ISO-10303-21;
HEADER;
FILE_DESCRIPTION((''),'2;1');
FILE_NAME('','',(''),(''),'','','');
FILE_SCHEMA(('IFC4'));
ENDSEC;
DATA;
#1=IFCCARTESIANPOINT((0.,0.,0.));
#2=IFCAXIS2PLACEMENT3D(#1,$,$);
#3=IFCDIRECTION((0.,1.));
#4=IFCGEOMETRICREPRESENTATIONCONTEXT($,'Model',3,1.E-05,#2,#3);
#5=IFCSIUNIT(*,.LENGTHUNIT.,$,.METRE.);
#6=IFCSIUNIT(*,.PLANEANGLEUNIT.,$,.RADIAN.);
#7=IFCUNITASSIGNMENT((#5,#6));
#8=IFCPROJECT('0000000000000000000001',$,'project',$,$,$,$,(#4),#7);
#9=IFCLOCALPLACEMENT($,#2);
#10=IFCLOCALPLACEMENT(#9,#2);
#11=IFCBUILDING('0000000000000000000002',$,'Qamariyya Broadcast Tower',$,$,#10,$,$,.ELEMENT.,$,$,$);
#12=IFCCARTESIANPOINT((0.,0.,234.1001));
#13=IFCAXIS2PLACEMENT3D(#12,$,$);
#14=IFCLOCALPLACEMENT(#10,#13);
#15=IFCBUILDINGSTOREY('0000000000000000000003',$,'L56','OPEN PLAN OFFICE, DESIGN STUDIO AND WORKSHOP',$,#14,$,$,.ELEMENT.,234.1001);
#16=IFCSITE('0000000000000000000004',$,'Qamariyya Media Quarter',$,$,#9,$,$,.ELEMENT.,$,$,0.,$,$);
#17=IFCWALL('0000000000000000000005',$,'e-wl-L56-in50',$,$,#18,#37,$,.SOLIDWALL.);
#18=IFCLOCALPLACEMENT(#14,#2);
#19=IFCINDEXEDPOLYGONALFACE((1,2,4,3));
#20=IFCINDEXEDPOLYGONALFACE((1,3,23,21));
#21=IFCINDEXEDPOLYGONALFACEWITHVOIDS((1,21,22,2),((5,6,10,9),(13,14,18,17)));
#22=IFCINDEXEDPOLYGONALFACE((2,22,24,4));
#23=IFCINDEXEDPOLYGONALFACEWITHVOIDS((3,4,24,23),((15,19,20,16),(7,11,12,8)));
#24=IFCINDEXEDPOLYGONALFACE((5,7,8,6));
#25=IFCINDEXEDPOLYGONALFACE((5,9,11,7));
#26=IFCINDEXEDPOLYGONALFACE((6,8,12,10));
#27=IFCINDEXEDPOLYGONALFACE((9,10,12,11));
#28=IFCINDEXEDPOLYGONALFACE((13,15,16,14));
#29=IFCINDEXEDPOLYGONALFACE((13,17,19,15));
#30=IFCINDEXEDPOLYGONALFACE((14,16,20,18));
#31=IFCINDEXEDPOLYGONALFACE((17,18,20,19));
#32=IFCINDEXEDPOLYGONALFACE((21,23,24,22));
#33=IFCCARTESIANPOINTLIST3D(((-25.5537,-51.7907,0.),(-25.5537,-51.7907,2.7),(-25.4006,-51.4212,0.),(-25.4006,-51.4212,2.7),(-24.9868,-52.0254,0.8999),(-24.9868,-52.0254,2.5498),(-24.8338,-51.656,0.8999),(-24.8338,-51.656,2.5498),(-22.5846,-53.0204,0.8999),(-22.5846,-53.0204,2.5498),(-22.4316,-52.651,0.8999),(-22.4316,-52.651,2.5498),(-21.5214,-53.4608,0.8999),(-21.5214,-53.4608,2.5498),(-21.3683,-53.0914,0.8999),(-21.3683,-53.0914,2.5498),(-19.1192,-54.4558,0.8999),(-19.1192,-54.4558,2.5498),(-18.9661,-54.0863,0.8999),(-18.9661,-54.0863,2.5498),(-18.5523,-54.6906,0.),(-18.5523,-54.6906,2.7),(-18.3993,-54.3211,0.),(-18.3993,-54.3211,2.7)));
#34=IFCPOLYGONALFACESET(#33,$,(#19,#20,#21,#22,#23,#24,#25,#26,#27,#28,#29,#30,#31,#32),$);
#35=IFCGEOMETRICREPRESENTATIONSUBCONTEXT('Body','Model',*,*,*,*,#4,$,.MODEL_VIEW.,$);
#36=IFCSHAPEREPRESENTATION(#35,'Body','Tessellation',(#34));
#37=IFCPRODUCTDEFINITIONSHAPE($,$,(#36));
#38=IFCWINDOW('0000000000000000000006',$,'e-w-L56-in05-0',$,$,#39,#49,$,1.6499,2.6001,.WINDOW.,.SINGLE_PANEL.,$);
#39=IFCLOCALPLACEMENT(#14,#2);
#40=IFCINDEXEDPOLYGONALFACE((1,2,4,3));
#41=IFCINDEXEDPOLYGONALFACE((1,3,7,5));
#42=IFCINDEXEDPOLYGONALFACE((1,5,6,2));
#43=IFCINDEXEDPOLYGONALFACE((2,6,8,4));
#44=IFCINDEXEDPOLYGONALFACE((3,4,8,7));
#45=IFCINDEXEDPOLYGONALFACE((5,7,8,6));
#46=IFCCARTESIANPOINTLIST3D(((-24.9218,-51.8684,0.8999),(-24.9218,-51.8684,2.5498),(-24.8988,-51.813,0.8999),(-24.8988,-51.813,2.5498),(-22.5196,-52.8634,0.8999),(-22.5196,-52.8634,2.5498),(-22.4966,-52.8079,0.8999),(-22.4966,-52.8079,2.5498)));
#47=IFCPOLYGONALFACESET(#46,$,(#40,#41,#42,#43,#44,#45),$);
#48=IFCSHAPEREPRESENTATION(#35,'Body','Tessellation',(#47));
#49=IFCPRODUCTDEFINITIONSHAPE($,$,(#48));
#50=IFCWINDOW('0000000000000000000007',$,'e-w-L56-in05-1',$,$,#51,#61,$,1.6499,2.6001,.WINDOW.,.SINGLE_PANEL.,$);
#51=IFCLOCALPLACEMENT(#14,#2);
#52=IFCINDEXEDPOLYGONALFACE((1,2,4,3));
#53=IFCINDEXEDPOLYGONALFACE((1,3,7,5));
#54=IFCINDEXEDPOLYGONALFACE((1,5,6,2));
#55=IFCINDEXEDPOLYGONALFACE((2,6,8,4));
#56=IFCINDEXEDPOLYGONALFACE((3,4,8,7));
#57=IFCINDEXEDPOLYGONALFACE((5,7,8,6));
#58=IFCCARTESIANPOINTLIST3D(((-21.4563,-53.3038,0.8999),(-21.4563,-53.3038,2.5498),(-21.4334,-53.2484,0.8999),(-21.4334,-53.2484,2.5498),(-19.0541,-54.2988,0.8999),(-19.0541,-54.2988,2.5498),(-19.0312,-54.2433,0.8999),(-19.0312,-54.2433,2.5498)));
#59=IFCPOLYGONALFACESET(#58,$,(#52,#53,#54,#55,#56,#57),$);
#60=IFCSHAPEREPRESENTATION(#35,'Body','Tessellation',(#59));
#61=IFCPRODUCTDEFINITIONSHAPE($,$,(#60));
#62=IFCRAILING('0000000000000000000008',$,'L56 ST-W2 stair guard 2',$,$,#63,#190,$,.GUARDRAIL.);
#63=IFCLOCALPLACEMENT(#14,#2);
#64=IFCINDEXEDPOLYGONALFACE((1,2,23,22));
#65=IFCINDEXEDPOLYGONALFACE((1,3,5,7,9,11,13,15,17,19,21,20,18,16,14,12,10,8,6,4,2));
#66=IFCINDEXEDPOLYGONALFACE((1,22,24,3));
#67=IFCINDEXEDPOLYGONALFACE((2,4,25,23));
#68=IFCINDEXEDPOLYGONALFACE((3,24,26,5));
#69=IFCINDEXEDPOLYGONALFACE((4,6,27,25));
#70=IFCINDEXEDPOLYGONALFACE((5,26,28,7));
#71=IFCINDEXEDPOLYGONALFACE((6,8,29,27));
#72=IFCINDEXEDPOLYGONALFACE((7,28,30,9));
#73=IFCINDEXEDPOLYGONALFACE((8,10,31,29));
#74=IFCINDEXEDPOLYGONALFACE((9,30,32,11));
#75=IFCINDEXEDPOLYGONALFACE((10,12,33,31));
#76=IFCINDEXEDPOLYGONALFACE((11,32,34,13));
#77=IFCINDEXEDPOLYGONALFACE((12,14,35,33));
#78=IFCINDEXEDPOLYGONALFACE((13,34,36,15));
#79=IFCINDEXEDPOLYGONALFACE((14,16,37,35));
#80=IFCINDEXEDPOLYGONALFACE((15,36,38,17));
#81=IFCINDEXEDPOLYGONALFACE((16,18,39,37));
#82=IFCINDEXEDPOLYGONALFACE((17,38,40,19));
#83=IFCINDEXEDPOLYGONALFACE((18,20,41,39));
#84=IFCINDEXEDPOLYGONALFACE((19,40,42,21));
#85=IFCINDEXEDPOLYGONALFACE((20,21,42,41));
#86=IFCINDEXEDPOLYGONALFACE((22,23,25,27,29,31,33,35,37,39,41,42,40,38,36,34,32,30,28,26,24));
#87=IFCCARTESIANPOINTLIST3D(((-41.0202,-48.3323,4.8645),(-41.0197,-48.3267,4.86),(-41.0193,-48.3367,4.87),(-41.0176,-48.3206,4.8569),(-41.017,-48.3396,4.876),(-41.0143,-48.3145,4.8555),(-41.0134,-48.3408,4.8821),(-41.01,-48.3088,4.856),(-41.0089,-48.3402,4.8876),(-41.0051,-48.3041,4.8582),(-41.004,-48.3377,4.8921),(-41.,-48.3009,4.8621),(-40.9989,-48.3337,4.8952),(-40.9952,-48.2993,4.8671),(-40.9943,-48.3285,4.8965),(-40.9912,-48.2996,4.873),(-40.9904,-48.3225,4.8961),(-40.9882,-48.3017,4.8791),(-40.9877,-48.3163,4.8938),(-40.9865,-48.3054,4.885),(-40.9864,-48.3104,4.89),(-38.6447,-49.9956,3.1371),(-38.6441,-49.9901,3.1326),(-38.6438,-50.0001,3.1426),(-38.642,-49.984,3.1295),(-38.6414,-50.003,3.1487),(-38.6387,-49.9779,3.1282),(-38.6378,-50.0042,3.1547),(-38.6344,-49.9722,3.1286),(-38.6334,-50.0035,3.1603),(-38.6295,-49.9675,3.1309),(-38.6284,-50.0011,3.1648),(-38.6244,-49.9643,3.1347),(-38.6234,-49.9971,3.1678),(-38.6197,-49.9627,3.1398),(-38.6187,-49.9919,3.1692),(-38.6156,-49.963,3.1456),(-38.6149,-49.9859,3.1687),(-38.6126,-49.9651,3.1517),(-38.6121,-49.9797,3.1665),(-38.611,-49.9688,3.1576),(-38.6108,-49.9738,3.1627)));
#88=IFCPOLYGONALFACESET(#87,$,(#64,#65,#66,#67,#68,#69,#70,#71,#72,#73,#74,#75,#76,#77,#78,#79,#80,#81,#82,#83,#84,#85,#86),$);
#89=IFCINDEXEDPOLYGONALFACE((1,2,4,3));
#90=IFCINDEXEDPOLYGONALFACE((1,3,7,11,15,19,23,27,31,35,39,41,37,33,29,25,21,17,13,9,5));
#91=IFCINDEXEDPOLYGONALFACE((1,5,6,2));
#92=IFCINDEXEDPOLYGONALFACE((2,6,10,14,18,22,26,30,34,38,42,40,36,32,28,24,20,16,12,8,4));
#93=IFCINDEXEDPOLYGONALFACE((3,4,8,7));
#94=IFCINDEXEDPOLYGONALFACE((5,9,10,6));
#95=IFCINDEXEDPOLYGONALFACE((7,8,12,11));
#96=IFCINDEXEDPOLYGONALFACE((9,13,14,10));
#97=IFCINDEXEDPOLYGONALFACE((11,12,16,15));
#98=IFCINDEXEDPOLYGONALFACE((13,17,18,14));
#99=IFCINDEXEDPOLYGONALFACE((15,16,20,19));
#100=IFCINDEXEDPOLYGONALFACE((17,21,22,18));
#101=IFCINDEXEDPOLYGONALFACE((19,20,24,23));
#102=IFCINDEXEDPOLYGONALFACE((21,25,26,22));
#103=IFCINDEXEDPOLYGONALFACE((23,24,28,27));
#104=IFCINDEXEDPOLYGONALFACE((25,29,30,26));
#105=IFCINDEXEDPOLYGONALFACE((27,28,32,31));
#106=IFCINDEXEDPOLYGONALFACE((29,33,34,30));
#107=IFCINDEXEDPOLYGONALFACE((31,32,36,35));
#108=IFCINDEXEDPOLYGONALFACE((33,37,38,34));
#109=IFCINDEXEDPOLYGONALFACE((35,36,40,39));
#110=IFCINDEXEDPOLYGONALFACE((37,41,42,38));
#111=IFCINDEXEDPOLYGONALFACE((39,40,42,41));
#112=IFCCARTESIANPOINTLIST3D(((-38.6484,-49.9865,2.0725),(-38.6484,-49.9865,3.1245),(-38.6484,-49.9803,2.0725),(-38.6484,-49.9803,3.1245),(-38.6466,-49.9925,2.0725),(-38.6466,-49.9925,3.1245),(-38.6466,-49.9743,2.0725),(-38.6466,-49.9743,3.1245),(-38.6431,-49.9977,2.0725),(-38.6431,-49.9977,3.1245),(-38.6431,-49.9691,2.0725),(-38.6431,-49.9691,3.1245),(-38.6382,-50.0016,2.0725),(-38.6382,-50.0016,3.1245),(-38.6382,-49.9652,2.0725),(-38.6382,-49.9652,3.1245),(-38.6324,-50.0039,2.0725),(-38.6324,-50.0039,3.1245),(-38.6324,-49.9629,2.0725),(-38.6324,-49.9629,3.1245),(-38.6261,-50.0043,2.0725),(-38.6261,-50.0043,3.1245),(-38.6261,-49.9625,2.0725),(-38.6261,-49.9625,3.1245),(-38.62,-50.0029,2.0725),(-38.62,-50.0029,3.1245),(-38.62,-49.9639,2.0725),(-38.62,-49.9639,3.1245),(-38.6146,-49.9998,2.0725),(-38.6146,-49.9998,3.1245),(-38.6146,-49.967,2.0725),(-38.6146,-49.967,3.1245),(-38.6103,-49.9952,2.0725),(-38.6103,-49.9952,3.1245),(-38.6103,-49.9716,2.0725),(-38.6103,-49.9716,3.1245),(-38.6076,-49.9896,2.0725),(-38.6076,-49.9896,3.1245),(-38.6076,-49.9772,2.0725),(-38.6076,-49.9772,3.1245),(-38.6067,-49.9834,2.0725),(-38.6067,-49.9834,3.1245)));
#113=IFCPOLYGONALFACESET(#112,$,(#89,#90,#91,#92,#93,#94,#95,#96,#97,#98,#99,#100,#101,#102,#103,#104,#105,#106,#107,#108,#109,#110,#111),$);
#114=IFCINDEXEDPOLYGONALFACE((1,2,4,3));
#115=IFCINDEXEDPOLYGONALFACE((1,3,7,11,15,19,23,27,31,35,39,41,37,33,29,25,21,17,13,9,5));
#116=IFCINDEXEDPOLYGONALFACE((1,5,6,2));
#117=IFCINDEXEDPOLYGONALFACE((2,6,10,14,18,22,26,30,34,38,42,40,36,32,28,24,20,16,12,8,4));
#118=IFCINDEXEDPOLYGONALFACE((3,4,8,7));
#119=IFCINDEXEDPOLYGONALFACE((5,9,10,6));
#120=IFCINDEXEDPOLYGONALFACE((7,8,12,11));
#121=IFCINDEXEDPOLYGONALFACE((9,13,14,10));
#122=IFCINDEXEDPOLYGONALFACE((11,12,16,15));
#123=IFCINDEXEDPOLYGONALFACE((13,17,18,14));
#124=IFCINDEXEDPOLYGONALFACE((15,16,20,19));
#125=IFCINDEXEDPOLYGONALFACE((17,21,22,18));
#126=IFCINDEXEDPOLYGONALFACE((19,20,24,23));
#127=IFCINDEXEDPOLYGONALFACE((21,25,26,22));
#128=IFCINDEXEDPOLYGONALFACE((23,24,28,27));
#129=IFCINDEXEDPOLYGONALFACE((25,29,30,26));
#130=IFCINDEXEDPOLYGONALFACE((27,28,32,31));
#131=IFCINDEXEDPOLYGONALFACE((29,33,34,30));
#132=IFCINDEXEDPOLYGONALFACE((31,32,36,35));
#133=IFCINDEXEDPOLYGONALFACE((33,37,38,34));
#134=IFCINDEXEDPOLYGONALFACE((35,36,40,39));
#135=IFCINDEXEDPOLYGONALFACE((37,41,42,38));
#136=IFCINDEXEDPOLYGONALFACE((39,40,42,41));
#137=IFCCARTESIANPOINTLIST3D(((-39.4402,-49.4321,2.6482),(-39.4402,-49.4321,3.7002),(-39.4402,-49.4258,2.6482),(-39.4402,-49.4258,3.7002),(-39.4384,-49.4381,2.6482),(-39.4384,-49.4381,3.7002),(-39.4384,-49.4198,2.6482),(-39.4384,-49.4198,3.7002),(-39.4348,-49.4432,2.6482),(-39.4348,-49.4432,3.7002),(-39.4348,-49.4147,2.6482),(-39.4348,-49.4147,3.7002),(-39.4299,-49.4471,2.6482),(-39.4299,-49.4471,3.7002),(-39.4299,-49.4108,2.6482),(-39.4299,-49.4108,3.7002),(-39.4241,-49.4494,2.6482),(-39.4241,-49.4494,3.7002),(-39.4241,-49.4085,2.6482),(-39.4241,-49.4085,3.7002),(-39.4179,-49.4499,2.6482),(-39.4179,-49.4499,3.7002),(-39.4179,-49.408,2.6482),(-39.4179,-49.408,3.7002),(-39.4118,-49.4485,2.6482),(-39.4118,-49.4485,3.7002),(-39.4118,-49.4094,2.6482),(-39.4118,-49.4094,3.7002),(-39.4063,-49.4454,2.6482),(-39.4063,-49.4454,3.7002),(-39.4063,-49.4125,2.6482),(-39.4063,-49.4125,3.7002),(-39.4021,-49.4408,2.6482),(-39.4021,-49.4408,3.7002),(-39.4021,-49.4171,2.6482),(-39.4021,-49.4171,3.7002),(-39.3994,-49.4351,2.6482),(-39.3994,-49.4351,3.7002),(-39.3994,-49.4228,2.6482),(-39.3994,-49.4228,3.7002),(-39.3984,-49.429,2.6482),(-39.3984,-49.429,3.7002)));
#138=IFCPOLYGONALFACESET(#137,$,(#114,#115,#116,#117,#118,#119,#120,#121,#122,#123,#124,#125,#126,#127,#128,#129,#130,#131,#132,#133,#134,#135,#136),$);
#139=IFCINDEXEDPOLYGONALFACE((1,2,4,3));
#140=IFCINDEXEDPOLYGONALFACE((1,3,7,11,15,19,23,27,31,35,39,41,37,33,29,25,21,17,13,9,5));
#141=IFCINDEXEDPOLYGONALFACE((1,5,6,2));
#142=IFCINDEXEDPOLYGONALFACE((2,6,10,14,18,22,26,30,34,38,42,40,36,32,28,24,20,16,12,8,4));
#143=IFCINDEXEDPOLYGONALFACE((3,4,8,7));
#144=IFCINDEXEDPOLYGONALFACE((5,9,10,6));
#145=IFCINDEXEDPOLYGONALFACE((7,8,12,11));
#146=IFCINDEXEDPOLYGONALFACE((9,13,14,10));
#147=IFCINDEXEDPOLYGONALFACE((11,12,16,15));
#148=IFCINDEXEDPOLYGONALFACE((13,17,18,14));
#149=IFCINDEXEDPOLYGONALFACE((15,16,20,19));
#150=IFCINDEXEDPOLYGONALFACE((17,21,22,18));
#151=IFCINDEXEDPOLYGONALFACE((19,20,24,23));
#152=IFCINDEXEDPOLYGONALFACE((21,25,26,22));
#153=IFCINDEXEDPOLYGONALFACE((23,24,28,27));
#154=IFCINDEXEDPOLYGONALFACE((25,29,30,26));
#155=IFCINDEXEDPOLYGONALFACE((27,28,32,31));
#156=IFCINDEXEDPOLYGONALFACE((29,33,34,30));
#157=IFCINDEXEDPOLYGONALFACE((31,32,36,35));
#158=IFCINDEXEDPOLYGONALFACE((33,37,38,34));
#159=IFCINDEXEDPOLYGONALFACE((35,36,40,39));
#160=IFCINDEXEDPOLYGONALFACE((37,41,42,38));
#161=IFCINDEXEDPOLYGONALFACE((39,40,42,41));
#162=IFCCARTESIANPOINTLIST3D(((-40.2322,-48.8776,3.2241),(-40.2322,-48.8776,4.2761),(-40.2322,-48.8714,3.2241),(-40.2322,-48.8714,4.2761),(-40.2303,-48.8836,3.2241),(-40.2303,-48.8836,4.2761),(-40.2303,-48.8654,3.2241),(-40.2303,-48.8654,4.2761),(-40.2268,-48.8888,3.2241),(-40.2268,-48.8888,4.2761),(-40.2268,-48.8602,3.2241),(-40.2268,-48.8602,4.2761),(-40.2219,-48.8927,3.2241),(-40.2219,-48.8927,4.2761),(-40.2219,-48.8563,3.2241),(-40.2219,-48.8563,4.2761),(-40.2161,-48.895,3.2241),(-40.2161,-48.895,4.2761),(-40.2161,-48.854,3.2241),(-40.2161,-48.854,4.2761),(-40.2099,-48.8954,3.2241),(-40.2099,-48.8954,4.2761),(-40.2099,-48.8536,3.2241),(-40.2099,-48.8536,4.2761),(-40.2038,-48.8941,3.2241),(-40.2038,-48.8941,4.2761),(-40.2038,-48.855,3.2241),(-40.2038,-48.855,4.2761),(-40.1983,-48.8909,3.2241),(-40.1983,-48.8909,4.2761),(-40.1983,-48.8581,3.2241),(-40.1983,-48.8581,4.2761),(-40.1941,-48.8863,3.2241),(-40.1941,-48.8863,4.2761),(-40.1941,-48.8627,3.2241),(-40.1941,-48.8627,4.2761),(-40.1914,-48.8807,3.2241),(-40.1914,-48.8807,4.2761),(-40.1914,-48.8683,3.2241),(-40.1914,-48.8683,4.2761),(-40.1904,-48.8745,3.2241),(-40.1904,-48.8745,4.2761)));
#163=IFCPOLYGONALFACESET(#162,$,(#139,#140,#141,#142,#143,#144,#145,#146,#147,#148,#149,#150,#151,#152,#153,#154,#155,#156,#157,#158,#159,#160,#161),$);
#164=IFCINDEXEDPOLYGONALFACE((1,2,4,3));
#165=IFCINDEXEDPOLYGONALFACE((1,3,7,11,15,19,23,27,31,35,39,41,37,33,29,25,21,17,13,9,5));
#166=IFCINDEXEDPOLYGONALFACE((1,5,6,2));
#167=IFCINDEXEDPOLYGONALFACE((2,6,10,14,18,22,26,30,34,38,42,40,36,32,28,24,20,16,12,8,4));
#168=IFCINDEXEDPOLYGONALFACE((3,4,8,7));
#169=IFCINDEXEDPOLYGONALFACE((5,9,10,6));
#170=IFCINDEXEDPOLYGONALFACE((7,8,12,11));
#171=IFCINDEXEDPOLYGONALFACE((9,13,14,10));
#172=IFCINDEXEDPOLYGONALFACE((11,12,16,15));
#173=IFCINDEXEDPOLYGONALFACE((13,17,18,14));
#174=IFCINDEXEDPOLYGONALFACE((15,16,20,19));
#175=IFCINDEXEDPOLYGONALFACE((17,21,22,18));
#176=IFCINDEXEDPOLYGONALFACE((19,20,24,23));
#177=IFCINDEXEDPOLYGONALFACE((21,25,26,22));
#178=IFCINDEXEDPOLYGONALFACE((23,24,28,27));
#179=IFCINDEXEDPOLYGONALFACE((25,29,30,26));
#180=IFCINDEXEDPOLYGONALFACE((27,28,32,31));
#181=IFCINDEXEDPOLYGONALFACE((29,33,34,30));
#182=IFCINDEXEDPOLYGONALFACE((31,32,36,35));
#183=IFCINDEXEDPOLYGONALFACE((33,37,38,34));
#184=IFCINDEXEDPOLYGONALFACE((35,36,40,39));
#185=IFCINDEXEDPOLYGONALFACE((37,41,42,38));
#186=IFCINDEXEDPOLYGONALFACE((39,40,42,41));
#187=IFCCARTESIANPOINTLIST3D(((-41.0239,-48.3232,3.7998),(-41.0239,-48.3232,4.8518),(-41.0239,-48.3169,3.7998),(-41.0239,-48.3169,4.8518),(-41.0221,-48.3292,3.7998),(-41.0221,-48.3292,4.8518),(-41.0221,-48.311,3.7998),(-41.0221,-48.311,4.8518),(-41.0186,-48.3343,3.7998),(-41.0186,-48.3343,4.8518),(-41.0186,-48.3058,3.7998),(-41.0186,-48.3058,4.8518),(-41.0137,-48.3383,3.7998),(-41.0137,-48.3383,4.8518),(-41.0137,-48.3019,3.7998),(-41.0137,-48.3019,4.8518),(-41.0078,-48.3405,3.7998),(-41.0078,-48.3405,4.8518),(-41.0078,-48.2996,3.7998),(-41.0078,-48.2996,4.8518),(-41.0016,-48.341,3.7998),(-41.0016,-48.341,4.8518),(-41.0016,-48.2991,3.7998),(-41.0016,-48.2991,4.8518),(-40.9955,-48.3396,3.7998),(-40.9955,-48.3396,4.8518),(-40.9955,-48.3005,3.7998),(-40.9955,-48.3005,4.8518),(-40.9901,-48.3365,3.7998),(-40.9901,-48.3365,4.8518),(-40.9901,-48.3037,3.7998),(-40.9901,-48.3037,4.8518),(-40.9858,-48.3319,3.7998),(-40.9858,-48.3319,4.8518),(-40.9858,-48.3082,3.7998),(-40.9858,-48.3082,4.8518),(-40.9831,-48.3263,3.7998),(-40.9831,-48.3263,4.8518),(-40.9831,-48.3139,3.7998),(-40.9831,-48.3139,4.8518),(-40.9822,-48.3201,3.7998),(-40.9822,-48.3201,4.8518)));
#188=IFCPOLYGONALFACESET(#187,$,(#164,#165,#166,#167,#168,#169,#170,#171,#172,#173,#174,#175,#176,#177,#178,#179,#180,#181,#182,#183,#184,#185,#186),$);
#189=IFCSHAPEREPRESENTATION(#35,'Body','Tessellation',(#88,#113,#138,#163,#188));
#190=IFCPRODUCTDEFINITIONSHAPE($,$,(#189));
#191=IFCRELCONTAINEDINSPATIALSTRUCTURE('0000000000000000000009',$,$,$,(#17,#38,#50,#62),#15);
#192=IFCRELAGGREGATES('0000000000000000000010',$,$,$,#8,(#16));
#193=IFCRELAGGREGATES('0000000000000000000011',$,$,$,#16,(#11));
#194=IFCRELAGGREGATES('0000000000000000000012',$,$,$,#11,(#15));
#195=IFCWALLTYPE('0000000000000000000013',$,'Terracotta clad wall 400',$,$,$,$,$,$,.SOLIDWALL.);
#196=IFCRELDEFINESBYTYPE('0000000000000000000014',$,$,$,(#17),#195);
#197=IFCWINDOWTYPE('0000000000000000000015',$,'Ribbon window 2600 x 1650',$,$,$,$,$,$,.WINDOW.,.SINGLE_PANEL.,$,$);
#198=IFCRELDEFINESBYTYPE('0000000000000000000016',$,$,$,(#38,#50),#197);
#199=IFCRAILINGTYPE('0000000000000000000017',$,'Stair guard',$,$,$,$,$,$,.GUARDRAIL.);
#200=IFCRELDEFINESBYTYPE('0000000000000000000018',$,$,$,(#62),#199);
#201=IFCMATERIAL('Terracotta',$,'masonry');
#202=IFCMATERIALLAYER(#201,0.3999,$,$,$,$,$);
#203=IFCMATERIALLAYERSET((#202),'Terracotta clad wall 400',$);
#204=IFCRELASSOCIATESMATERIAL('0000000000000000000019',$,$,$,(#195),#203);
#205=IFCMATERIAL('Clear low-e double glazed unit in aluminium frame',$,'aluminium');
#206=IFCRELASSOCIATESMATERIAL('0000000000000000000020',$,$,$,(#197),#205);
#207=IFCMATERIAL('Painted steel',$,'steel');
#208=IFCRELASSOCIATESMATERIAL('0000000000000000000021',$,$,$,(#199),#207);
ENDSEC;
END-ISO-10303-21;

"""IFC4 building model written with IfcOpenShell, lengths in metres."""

from ifc_helpers import new_model, si_unit, direction, frame, frame_2d, origin, origin_2d, place, context, subcontext, project, spatial, rectangle, circle, extrude, material, layer, layer_set, type_object, element, fill, save


model = new_model("IFC4")

# Units and contexts
model_context = context("Model", 3, precision=1e-05, world=origin(), true_north=direction((0.0, 1.0)))
body_context = subcontext(model_context, "Body", "Model", "MODEL_VIEW")
ifc_project = project(units=[si_unit("LENGTHUNIT", "METRE"), si_unit("PLANEANGLEUNIT", "RADIAN")], contexts=[model_context])

# Site, building, storey
site_placement = place(None, origin())
site = spatial("IfcSite", under=ifc_project, at=site_placement, Name="Qamariyya Media Quarter", CompositionType="ELEMENT", RefElevation=0.0)
building_placement = place(site_placement, origin())
building = spatial("IfcBuilding", under=site, at=building_placement, Name="Qamariyya Broadcast Tower", CompositionType="ELEMENT")
storey_placement = place(building_placement, frame((0.0, 0.0, 234.1001)))
storey = spatial("IfcBuildingStorey", under=building, at=storey_placement, Name="L56", Description="OPEN PLAN OFFICE, DESIGN STUDIO AND WORKSHOP", CompositionType="ELEMENT", Elevation=234.1001)

# Wall, openings, windows
ifc_material_1 = material(Name="Terracotta", Category="masonry")
ifc_layer_1 = layer(ifc_material_1, 0.3999)
ifc_layer_set_1 = layer_set([ifc_layer_1], Name="Terracotta clad wall 400")
wall_type_1 = type_object("IfcWallType", Name="Terracotta clad wall 400", PredefinedType="SOLIDWALL", material=ifc_layer_set_1)
ifc_material_2 = material(Name="Clear low-e double glazed unit in aluminium frame", Category="aluminium")
window_type = type_object("IfcWindowType", Name="Ribbon window 2600 x 1650", PartitioningType="SINGLE_PANEL", PredefinedType="WINDOW", material=ifc_material_2)
wall_1_placement = place(storey_placement, frame((-18.4758, -54.5059, 0.0), z_axis=(0.0, 0.0, 1.0), x_axis=(-0.923884, 0.382672, 0.0)))
wall_1 = element("IfcWall", 1, at=wall_1_placement, inside=storey, type_object=wall_type_1, Name="e-wl-L56-in50", PredefinedType="SOLIDWALL", context=body_context, shape_type="SweptSolid", body=[
    extrude(rectangle(XDim=7.5781, YDim=0.3999, at=frame_2d((3.7891, 0.0))), origin(), (0.0, 0.0, 1.0), 2.7),
])
opening_1_placement = place(wall_1_placement, frame((4.3645, 0.0, 0.8999)))
opening_1 = element("IfcOpeningElement", 2, at=opening_1_placement, cuts=wall_1, PredefinedType="OPENING", context=body_context, shape_type="SweptSolid", body=[
    extrude(rectangle(XDim=2.6001, YDim=1.6499, at=frame_2d((1.3, 0.825))), frame((0.0, 0.21, 0.0), z_axis=(0.0, -1.0, 0.0), x_axis=(1.0, 0.0, 0.0)), (0.0, 0.0, 1.0), 0.4199),
])
opening_2_placement = place(wall_1_placement, frame((0.6135, 0.0, 0.8999)))
opening_2 = element("IfcOpeningElement", 3, at=opening_2_placement, cuts=wall_1, PredefinedType="OPENING", context=body_context, shape_type="SweptSolid", body=[
    extrude(rectangle(XDim=2.6001, YDim=1.6499, at=frame_2d((1.3, 0.825))), frame((0.0, 0.21, 0.0), z_axis=(0.0, -1.0, 0.0), x_axis=(1.0, 0.0, 0.0)), (0.0, 0.0, 1.0), 0.4199),
])
window_1_placement = place(opening_1_placement, origin())
window_1 = element("IfcWindow", 4, at=window_1_placement, inside=storey, type_object=window_type, Name="e-w-L56-in05-0", OverallHeight=1.6499, OverallWidth=2.6001, PartitioningType="SINGLE_PANEL", PredefinedType="WINDOW", context=body_context, shape_type="SweptSolid", body=[
    extrude(rectangle(XDim=2.6001, YDim=1.6499, at=frame_2d((1.3, 0.825))), frame((0.0, 0.03, 0.0), z_axis=(0.0, -1.0, 0.0), x_axis=(1.0, 0.0, 0.0)), (0.0, 0.0, 1.0), 0.0601),
])
fill(opening_1, window_1)
window_2_placement = place(opening_2_placement, origin())
window_2 = element("IfcWindow", 5, at=window_2_placement, inside=storey, type_object=window_type, Name="e-w-L56-in05-1", OverallHeight=1.6499, OverallWidth=2.6001, PartitioningType="SINGLE_PANEL", PredefinedType="WINDOW", context=body_context, shape_type="SweptSolid", body=[
    extrude(rectangle(XDim=2.6001, YDim=1.6499, at=frame_2d((1.3, 0.825))), frame((0.0, 0.03, 0.0), z_axis=(0.0, -1.0, 0.0), x_axis=(1.0, 0.0, 0.0)), (0.0, 0.0, 1.0), 0.0601),
])
fill(opening_2, window_2)

# Railing
ifc_material_3 = material(Name="Painted steel", Category="steel")
railing_type_1 = type_object("IfcRailingType", Name="Stair guard", PredefinedType="GUARDRAIL", material=ifc_material_3)
railing_1_placement = place(storey_placement, frame((-38.6277, -49.9834, 2.0725)))
element("IfcRailing", 6, at=railing_1_placement, inside=storey, type_object=railing_type_1, Name="L56 ST-W2 stair guard 2", PredefinedType="GUARDRAIL", context=body_context, shape_type="SweptSolid", body=[
    extrude(circle(Radius=0.0239, at=origin_2d()), frame((0.0, 0.0, 1.0762), z_axis=(-0.70377, 0.492784, 0.511734), x_axis=(-0.573575, -0.819153, 0.0)), (0.0, 0.0, 1.0), 3.3755),
    extrude(circle(Radius=0.021, at=origin_2d()), origin(), (0.0, 0.0, 1.0), 1.052),
    extrude(circle(Radius=0.021, at=origin_2d()), frame((-0.7917, 0.5544, 0.5757)), (0.0, 0.0, 1.0), 1.052),
    extrude(circle(Radius=0.021, at=origin_2d()), frame((-1.5837, 1.1089, 1.1516)), (0.0, 0.0, 1.0), 1.052),
    extrude(circle(Radius=0.021, at=origin_2d()), frame((-2.3755, 1.6633, 1.7273)), (0.0, 0.0, 1.0), 1.052),
])

save(model, "model.ifc")
